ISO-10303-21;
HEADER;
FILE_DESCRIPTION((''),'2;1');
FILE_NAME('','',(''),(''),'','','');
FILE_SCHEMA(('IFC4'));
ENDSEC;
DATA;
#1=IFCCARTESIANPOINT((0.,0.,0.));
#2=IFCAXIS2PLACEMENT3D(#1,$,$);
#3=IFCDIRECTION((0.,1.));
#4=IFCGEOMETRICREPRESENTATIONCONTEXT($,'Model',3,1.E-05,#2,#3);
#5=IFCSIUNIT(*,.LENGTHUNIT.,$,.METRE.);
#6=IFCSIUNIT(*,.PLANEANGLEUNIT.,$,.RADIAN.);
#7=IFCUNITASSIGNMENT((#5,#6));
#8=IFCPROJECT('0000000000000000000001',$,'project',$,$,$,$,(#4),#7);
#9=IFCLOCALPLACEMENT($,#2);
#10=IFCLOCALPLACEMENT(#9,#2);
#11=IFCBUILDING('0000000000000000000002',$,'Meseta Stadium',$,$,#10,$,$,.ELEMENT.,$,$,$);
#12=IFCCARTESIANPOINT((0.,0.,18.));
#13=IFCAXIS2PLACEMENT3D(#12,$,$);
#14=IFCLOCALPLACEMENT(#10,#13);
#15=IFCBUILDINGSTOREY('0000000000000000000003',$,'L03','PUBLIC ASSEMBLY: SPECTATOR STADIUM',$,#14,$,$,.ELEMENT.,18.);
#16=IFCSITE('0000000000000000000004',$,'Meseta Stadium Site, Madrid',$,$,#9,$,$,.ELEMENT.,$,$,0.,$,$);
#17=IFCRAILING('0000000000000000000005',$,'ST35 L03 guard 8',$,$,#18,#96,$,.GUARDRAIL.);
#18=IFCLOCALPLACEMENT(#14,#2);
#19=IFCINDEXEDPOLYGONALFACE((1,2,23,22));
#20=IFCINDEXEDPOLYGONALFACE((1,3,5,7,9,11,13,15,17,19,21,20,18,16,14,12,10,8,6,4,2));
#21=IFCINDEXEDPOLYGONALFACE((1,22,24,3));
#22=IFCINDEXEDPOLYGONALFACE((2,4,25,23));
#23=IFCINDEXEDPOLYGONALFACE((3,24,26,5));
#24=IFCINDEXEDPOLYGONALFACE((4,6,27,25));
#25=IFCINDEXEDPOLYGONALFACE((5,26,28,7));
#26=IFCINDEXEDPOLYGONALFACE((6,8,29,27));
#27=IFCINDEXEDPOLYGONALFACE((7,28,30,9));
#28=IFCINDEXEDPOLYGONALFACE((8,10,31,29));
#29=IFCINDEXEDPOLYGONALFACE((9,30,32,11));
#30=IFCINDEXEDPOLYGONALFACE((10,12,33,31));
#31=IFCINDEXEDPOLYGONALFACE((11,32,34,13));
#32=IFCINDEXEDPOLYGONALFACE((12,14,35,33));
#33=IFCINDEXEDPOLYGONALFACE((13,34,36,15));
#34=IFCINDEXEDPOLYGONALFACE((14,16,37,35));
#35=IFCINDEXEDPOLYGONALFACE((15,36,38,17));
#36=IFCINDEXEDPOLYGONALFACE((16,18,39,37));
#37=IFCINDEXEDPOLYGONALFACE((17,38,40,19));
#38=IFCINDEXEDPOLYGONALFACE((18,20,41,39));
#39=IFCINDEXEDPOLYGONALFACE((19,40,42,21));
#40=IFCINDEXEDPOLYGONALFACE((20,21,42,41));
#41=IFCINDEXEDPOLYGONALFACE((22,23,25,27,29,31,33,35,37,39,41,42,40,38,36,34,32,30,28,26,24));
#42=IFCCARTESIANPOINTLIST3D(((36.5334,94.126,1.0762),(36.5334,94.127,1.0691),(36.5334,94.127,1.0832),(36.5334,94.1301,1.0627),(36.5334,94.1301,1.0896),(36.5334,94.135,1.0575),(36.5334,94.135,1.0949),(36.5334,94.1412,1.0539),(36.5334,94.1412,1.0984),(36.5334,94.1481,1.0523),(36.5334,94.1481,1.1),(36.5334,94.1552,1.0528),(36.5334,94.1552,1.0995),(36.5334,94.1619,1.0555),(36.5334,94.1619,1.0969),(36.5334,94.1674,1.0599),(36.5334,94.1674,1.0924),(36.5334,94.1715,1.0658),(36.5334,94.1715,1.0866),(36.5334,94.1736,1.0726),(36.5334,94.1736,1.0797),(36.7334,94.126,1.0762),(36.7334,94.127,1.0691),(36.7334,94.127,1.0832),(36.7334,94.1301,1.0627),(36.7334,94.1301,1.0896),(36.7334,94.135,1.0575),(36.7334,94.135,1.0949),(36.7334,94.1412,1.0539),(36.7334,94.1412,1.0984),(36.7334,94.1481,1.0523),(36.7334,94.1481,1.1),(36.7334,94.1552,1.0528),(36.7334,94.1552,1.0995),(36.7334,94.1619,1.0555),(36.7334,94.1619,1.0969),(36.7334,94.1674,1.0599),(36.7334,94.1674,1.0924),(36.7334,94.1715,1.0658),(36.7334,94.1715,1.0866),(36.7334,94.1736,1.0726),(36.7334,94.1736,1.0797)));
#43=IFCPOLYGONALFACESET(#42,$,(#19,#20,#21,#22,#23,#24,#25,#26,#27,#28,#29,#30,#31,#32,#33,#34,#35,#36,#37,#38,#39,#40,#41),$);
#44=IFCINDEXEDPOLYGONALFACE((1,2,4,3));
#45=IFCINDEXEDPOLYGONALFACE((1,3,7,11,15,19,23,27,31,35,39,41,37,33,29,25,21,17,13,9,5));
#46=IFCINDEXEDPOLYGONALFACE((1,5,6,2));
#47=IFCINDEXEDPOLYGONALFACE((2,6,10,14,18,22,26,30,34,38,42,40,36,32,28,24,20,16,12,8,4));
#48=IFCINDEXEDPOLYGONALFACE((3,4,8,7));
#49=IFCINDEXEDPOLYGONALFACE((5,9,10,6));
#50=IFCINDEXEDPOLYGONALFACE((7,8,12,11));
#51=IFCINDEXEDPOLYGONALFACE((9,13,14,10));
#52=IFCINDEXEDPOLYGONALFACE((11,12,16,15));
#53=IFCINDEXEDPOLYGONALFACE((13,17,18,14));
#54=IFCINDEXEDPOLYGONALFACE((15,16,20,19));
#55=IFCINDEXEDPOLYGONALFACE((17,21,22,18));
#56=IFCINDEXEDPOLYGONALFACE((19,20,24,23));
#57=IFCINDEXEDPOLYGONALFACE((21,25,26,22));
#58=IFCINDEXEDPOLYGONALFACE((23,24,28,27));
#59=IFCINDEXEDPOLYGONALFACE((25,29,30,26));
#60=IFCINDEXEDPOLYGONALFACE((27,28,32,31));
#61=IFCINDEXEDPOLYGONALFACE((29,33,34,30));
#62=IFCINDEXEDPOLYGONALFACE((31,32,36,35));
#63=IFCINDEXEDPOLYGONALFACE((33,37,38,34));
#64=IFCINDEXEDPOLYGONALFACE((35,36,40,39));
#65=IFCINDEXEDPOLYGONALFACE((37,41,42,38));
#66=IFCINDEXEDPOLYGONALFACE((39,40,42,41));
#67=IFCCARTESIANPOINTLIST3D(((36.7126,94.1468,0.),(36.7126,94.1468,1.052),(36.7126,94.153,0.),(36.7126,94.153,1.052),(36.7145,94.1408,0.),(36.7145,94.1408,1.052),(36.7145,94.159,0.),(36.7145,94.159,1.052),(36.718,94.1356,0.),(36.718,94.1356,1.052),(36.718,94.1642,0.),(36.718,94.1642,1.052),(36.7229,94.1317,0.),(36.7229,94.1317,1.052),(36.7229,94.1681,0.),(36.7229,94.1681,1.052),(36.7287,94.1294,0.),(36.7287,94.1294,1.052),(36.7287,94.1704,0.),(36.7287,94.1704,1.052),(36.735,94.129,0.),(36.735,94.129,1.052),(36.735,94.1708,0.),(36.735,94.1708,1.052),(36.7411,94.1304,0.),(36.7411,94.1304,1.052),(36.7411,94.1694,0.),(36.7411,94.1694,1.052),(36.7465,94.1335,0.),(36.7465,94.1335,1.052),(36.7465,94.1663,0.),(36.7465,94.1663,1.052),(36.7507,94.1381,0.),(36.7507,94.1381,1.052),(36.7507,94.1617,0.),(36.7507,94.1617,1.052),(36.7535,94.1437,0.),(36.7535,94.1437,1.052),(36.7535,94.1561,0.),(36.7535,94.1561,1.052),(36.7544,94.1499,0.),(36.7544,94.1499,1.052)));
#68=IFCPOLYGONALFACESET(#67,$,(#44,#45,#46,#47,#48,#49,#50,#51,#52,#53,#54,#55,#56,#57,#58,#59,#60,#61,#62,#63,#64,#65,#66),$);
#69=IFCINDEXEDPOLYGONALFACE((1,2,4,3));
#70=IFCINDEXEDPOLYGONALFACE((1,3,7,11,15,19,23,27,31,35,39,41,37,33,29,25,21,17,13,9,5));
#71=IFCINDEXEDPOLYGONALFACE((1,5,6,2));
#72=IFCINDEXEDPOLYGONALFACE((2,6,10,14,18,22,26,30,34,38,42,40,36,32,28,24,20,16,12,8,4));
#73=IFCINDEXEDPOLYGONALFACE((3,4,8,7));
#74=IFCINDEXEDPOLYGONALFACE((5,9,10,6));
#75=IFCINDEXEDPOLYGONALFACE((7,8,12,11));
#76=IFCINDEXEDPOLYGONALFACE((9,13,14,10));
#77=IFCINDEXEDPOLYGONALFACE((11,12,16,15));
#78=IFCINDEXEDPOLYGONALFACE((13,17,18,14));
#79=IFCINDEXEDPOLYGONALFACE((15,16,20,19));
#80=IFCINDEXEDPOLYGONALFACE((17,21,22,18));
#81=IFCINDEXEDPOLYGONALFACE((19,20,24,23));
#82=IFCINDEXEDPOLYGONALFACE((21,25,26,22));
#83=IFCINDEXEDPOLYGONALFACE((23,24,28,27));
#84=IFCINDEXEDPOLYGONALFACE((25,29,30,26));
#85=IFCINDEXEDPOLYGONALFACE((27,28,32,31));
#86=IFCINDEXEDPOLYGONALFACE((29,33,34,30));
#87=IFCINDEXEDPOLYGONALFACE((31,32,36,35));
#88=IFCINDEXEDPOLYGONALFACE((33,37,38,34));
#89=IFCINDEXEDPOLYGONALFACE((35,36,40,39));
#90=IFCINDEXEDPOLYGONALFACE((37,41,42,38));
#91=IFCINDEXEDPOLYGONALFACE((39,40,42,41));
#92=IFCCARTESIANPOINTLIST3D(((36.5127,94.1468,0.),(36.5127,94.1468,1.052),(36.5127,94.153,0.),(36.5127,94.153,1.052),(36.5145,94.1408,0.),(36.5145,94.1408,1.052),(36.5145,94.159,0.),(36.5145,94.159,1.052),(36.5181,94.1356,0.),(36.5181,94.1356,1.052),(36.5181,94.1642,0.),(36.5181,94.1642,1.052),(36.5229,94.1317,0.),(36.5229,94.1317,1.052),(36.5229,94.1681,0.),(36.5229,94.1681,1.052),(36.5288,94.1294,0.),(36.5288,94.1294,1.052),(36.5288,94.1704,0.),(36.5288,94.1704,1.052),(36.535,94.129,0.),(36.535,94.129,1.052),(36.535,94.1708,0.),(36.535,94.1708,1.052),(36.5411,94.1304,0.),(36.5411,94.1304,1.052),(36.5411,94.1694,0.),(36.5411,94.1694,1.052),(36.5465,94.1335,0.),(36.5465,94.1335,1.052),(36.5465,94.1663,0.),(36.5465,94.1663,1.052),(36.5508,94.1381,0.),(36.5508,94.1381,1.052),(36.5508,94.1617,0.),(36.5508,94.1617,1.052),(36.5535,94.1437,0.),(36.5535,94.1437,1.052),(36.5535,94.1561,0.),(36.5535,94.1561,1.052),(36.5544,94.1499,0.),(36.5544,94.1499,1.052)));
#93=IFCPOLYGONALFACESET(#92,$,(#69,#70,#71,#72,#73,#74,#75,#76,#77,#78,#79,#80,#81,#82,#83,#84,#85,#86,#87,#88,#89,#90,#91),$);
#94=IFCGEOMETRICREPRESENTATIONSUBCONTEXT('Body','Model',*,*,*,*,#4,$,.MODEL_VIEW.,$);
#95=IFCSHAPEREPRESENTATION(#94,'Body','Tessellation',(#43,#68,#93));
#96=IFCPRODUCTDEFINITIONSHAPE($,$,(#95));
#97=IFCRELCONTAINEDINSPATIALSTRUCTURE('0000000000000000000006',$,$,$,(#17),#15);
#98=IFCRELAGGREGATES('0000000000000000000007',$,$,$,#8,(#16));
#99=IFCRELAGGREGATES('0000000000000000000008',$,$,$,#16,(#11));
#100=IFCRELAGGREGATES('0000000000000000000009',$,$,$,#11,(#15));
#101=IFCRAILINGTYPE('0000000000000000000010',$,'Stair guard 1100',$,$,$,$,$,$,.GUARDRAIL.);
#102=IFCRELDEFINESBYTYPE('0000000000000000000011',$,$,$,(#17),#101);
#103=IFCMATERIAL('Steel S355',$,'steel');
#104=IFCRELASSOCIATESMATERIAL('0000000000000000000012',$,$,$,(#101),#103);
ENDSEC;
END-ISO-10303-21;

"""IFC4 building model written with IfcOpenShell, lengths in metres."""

from ifc_helpers import new_model, si_unit, direction, frame, origin, origin_2d, place, context, subcontext, project, spatial, circle, extrude, material, type_object, element, save


model = new_model("IFC4")

# Units and contexts
model_context = context("Model", 3, precision=1e-05, world=origin(), true_north=direction((0.0, 1.0)))
body_context = subcontext(model_context, "Body", "Model", "MODEL_VIEW")
ifc_project = project(units=[si_unit("LENGTHUNIT", "METRE"), si_unit("PLANEANGLEUNIT", "RADIAN")], contexts=[model_context])

# Site, building, storey
site_placement = place(None, origin())
site = spatial("IfcSite", under=ifc_project, at=site_placement, Name="Meseta Stadium Site, Madrid", CompositionType="ELEMENT", RefElevation=0.0)
building_placement = place(site_placement, origin())
building = spatial("IfcBuilding", under=site, at=building_placement, Name="Meseta Stadium", CompositionType="ELEMENT")
storey_placement = place(building_placement, frame((0.0, 0.0, 18.0)))
storey = spatial("IfcBuildingStorey", under=building, at=storey_placement, Name="L03", Description="PUBLIC ASSEMBLY: SPECTATOR STADIUM", CompositionType="ELEMENT", Elevation=18.0)

# Railing
ifc_material_1 = material(Name="Steel S355", Category="steel")
railing_type_1 = type_object("IfcRailingType", Name="Stair guard 1100", PredefinedType="GUARDRAIL", material=ifc_material_1)
for number, where, name in (
    (1, (36.7334, 94.1499, 0.0), "ST35 L03 guard 8"),
):
    element("IfcRailing", number, at=place(storey_placement, frame(where)), inside=storey, type_object=railing_type_1, Name=name, PredefinedType="GUARDRAIL", context=body_context, shape_type="SweptSolid", body=[
        extrude(circle(Radius=0.0239, at=origin_2d()), frame((0.0, 0.0, 1.0762), z_axis=(-1.0, 0.0, 0.0), x_axis=(0.0, -1.0, 0.0)), (0.0, 0.0, 1.0), 0.2),
        extrude(circle(Radius=0.021, at=origin_2d()), origin(), (0.0, 0.0, 1.0), 1.052),
        extrude(circle(Radius=0.021, at=origin_2d()), frame((-0.2, 0.0, 0.0)), (0.0, 0.0, 1.0), 1.052),
    ])

save(model, "model.ifc")
